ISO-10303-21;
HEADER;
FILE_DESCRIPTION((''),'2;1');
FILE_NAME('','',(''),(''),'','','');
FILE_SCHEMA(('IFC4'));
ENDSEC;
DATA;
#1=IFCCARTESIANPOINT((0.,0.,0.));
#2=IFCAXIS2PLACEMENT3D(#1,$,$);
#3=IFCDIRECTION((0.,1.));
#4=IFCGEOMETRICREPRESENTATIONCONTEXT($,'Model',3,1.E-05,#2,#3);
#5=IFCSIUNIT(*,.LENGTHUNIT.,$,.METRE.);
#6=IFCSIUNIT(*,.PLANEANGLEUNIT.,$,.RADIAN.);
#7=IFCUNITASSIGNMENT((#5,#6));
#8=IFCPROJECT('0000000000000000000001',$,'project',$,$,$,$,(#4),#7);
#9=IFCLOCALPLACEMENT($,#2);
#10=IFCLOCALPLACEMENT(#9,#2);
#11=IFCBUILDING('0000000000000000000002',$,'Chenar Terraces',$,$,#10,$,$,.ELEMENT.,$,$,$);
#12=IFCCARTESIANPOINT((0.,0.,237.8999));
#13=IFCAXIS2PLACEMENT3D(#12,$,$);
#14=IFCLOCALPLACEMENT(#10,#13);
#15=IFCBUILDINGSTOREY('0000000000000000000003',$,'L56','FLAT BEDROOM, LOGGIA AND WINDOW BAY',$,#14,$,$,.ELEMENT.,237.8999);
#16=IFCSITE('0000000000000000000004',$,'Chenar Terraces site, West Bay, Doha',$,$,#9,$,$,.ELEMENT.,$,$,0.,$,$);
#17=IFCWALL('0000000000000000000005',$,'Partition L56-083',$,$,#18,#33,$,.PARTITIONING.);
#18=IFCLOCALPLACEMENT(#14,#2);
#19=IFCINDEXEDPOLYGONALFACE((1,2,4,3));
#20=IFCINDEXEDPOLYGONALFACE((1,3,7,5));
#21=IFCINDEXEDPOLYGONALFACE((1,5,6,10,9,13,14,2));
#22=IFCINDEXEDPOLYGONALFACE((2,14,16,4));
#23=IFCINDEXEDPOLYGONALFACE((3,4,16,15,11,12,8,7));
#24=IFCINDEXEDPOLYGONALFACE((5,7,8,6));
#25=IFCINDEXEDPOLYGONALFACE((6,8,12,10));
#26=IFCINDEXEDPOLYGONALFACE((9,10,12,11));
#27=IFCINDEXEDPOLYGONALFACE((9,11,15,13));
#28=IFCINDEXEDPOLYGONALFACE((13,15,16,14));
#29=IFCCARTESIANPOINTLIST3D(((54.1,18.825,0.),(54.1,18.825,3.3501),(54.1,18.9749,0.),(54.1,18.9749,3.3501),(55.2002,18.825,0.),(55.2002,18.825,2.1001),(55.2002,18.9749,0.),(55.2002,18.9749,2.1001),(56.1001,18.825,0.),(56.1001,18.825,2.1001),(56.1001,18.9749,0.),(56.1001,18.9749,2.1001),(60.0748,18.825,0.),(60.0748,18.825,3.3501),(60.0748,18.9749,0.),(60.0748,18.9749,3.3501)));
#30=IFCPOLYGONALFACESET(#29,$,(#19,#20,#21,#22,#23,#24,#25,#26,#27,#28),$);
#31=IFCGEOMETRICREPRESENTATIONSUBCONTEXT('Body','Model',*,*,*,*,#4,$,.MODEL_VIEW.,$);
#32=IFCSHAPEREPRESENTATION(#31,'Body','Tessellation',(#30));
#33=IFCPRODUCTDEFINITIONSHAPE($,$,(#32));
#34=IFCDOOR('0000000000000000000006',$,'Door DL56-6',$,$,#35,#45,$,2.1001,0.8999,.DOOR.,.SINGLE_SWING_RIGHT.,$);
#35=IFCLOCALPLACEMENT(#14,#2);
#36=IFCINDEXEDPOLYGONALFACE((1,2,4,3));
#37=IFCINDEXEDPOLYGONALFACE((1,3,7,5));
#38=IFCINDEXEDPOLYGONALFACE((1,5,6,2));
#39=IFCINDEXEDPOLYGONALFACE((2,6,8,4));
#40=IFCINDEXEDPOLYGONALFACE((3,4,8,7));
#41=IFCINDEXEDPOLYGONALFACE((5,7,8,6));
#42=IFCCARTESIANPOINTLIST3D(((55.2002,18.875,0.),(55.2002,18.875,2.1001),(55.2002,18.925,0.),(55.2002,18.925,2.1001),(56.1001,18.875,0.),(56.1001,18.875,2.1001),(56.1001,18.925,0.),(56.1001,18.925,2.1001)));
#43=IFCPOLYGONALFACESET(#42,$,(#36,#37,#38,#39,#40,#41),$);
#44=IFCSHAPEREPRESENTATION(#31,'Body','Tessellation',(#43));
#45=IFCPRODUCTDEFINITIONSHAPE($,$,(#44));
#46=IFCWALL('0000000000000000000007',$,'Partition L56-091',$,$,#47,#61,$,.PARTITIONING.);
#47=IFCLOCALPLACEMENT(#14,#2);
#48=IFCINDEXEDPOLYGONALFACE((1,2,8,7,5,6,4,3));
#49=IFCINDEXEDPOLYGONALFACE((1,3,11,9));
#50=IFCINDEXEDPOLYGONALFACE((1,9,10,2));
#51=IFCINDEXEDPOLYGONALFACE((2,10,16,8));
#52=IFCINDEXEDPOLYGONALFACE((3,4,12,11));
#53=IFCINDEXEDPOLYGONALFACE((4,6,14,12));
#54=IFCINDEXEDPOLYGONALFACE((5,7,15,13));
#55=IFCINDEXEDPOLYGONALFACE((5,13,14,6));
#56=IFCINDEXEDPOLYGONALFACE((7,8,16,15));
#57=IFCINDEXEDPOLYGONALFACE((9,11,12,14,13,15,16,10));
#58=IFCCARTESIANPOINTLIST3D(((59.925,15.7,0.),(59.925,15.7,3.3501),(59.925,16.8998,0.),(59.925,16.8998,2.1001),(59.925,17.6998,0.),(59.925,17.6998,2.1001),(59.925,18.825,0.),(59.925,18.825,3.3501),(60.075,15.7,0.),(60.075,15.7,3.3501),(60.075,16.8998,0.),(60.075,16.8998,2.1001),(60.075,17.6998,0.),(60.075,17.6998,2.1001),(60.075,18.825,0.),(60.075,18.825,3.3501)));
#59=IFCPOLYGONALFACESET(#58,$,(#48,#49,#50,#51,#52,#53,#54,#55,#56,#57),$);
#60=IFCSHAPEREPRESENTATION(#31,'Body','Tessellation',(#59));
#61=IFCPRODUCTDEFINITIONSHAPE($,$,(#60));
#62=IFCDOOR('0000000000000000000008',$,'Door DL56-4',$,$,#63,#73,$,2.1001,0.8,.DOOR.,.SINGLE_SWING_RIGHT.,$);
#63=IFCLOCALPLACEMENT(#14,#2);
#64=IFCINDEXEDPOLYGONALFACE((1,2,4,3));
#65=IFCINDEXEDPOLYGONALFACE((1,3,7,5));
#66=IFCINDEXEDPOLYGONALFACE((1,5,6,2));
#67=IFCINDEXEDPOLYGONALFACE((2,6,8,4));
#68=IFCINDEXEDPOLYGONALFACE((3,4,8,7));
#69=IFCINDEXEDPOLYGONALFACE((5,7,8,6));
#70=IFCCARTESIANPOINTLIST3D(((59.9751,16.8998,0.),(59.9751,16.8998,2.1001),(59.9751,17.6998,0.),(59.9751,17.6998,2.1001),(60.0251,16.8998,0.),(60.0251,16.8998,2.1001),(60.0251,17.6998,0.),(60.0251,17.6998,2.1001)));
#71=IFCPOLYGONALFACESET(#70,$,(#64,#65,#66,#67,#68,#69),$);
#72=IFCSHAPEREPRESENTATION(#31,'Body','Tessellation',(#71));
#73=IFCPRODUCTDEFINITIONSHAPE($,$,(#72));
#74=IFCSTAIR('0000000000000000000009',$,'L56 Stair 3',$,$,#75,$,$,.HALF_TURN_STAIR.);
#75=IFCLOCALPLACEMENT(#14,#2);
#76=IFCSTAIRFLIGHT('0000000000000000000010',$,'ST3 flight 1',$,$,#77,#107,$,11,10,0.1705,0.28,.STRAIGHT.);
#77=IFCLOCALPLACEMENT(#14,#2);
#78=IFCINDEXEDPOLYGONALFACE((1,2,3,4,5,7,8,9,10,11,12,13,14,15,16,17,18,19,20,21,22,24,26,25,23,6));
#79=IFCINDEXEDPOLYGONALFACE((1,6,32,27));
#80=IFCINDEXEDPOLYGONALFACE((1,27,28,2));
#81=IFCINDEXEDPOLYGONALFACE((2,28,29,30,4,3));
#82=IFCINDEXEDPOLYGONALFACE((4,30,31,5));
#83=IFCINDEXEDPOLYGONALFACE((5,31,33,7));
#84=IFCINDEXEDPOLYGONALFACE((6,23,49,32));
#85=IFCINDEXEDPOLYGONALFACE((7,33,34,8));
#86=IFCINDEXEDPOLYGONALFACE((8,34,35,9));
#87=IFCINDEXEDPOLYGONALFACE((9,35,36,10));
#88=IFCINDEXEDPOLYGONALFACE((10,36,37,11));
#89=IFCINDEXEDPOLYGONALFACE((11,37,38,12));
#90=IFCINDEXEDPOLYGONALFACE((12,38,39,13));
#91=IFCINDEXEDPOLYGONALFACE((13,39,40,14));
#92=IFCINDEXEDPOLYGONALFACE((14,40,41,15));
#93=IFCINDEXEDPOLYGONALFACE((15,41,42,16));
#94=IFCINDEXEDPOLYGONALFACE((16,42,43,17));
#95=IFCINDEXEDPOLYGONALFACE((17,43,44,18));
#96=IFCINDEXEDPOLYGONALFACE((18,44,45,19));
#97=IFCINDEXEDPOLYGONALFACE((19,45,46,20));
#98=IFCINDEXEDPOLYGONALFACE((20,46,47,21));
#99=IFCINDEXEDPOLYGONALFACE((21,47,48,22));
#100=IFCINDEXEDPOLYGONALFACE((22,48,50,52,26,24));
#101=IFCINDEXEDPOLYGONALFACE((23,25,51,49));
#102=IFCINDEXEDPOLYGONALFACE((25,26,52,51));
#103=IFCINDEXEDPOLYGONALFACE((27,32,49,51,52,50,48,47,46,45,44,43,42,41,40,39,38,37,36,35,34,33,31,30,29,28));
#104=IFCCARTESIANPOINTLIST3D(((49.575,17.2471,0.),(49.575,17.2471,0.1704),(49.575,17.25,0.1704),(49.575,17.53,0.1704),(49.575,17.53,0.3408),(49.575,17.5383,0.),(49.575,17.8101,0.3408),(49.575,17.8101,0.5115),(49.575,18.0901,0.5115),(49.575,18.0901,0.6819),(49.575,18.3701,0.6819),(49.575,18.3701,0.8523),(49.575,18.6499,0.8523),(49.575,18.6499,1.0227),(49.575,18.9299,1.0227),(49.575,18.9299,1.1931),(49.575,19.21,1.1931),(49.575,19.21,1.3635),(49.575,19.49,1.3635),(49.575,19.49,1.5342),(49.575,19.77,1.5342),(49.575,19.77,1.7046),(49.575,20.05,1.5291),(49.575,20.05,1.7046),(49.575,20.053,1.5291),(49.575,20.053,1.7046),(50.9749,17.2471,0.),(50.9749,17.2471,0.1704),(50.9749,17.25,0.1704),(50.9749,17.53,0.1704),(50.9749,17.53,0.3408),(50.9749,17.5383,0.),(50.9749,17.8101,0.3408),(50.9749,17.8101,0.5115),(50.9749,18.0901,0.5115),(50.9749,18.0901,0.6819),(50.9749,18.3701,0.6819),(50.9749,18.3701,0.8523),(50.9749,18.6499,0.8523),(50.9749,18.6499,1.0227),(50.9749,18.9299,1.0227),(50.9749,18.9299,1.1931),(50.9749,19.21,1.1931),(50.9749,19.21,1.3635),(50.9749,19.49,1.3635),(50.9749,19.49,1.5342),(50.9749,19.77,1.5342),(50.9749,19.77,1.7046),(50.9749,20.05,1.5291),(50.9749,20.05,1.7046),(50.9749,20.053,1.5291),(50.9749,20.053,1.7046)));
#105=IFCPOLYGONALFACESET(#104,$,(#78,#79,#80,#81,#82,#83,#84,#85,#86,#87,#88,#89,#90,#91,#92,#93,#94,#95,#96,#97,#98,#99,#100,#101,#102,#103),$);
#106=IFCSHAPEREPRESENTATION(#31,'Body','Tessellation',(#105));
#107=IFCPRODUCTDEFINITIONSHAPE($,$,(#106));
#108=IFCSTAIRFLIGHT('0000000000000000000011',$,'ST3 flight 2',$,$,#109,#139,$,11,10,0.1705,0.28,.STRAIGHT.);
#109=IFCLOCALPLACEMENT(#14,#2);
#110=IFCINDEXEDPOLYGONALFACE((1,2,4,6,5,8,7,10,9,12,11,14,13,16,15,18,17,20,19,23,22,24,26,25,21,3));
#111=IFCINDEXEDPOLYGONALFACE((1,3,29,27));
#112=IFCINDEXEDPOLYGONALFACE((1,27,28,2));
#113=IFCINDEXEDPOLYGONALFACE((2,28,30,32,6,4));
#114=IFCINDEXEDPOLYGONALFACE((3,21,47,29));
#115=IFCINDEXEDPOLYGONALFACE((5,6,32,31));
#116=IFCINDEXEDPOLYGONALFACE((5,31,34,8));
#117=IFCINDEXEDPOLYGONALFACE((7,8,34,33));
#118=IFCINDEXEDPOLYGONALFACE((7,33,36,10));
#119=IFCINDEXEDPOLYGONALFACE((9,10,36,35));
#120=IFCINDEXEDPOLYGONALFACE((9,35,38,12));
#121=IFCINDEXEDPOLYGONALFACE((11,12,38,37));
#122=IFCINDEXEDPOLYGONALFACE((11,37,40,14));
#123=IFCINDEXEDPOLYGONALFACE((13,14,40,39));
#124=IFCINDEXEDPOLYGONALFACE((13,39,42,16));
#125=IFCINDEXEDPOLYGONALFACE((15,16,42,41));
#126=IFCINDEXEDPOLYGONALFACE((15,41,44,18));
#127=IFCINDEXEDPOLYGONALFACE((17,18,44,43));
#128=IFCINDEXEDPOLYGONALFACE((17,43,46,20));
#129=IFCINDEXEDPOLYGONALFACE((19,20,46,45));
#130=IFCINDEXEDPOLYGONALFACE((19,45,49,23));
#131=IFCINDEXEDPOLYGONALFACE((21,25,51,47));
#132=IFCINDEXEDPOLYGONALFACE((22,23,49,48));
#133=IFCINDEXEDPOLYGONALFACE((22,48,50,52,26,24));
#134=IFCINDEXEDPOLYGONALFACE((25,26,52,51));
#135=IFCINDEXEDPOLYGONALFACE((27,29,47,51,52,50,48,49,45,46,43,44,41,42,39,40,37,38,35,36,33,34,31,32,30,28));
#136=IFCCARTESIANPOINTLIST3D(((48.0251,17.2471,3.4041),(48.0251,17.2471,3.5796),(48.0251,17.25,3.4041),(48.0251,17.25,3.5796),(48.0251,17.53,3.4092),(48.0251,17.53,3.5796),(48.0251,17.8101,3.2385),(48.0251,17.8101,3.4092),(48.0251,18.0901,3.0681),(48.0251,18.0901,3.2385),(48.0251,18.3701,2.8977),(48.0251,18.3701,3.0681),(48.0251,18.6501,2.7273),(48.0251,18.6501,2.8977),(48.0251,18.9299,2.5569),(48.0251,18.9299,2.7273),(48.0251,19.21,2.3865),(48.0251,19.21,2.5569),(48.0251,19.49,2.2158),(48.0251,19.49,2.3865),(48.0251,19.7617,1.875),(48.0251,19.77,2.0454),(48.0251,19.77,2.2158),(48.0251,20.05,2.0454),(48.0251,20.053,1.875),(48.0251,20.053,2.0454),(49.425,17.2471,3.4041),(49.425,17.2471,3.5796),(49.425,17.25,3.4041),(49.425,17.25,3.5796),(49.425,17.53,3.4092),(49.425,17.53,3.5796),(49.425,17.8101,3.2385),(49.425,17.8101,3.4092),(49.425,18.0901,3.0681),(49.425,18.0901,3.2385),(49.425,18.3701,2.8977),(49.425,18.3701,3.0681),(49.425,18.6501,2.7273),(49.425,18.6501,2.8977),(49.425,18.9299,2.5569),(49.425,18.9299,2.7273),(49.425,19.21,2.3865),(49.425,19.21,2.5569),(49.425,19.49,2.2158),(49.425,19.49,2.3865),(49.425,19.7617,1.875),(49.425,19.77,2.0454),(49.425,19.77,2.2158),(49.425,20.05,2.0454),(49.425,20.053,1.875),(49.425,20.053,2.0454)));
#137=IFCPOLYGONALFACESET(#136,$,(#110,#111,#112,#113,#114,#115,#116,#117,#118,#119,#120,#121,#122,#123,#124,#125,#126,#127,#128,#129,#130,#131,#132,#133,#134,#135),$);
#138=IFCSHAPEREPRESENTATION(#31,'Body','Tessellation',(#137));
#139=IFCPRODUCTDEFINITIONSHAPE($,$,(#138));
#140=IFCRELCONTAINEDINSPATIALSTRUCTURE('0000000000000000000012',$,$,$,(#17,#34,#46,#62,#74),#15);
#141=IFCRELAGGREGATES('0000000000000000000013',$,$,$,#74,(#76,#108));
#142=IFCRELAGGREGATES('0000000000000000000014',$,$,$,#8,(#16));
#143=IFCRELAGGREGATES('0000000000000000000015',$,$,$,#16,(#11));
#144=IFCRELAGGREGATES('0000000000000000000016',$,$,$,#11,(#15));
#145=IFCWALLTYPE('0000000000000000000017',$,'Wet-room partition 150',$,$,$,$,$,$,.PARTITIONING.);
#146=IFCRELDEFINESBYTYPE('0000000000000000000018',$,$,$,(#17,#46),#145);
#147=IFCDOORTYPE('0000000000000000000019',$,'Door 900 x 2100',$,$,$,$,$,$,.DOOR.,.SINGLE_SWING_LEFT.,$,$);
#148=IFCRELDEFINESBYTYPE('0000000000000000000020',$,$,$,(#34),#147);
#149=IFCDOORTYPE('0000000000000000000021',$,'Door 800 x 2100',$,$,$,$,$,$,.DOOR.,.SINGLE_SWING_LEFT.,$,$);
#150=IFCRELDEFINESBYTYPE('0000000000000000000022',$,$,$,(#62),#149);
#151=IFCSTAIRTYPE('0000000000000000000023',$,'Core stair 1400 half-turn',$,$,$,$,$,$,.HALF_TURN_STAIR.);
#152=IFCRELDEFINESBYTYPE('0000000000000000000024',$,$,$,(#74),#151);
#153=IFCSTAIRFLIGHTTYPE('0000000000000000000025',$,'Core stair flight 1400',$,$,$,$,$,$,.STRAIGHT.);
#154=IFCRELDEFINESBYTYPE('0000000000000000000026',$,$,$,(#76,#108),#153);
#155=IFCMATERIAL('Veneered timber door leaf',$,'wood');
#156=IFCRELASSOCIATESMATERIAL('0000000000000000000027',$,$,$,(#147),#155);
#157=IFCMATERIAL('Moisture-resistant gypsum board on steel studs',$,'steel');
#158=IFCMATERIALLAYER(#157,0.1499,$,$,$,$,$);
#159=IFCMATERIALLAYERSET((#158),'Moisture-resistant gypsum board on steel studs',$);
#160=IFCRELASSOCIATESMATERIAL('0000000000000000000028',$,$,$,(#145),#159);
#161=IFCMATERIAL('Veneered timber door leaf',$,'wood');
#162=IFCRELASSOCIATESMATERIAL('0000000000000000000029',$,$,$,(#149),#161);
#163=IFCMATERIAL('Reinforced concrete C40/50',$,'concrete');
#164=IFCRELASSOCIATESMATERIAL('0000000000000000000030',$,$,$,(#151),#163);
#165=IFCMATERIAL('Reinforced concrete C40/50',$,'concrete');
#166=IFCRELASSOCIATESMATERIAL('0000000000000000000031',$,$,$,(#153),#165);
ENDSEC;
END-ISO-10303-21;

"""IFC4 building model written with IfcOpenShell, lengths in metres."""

from ifc_helpers import new_model, si_unit, direction, frame, frame_2d, origin, place, context, subcontext, project, spatial, polyline, rectangle, outline, extrude, material, layer, layer_set, type_object, element, fill, aggregate, save


model = new_model("IFC4")

# Units and contexts
model_context = context("Model", 3, precision=1e-05, world=origin(), true_north=direction((0.0, 1.0)))
body_context = subcontext(model_context, "Body", "Model", "MODEL_VIEW")
ifc_project = project(units=[si_unit("LENGTHUNIT", "METRE"), si_unit("PLANEANGLEUNIT", "RADIAN")], contexts=[model_context])

# Site, building, storey
site_placement = place(None, origin())
site = spatial("IfcSite", under=ifc_project, at=site_placement, Name="Chenar Terraces site, West Bay, Doha", CompositionType="ELEMENT", RefElevation=0.0)
building_placement = place(site_placement, origin())
building = spatial("IfcBuilding", under=site, at=building_placement, Name="Chenar Terraces", CompositionType="ELEMENT")
storey_placement = place(building_placement, frame((0.0, 0.0, 237.8999)))
storey = spatial("IfcBuildingStorey", under=building, at=storey_placement, Name="L56", Description="FLAT BEDROOM, LOGGIA AND WINDOW BAY", CompositionType="ELEMENT", Elevation=237.8999)

# Shared definitions
ifc_material_1 = material(Name="Veneered timber door leaf", Category="wood")
door_type_1 = type_object("IfcDoorType", Name="Door 900 x 2100", OperationType="SINGLE_SWING_LEFT", PredefinedType="DOOR", material=ifc_material_1)

# Walls, openings, doors
ifc_material_2 = material(Name="Moisture-resistant gypsum board on steel studs", Category="steel")
ifc_layer_1 = layer(ifc_material_2, 0.1499)
ifc_layer_set_1 = layer_set([ifc_layer_1], Name="Moisture-resistant gypsum board on steel studs")
wall_type_1 = type_object("IfcWallType", Name="Wet-room partition 150", PredefinedType="PARTITIONING", material=ifc_layer_set_1)
wall_1_placement = place(storey_placement, frame((54.1001, 18.8999, 0.0), z_axis=(0.0, 0.0, 1.0), x_axis=(1.0, 0.0, 0.0)))
wall_1 = element("IfcWall", 1, at=wall_1_placement, inside=storey, type_object=wall_type_1, Name="Partition L56-083", PredefinedType="PARTITIONING", context=body_context, shape_type="SweptSolid", body=[
    extrude(rectangle(XDim=5.9749, YDim=0.1499, at=frame_2d((2.9873, 0.0))), origin(), (0.0, 0.0, 1.0), 3.3501),
])
opening_1_placement = place(wall_1_placement, frame((1.1001, 0.0, 0.0)))
opening_1 = element("IfcOpeningElement", 2, at=opening_1_placement, cuts=wall_1, PredefinedType="OPENING", context=body_context, shape_type="SweptSolid", body=[
    extrude(rectangle(XDim=0.8999, YDim=2.1001, at=frame_2d((0.45, 1.05))), frame((0.0, 0.085, 0.0), z_axis=(0.0, -1.0, 0.0), x_axis=(1.0, 0.0, 0.0)), (0.0, 0.0, 1.0), 0.1699),
])
door_1_placement = place(opening_1_placement, frame((0.8999, 0.0, 0.0), z_axis=(0.0, 0.0, 1.0), x_axis=(-1.0, 0.0, 0.0)))
door_1 = element("IfcDoor", 3, at=door_1_placement, inside=storey, type_object=door_type_1, Name="Door DL56-6", OperationType="SINGLE_SWING_RIGHT", OverallHeight=2.1001, OverallWidth=0.8999, PredefinedType="DOOR", context=body_context, shape_type="SweptSolid", body=[
    extrude(rectangle(XDim=0.8999, YDim=2.1001, at=frame_2d((0.45, 1.05))), frame((0.0, 0.0249, 0.0), z_axis=(0.0, -1.0, 0.0), x_axis=(1.0, 0.0, 0.0)), (0.0, 0.0, 1.0), 0.05),
])
fill(opening_1, door_1)
wall_2_placement = place(storey_placement, frame((60.0, 15.7, 0.0), z_axis=(0.0, 0.0, 1.0), x_axis=(0.0, 1.0, 0.0)))
wall_2 = element("IfcWall", 4, at=wall_2_placement, inside=storey, type_object=wall_type_1, Name="Partition L56-091", PredefinedType="PARTITIONING", context=body_context, shape_type="SweptSolid", body=[
    extrude(rectangle(XDim=3.125, YDim=0.1499, at=frame_2d((1.5625, 0.0))), origin(), (0.0, 0.0, 1.0), 3.3501),
])
opening_2_placement = place(wall_2_placement, frame((1.2, 0.0, 0.0)))
opening_2 = element("IfcOpeningElement", 5, at=opening_2_placement, cuts=wall_2, PredefinedType="OPENING", context=body_context, shape_type="SweptSolid", body=[
    extrude(rectangle(XDim=0.8, YDim=2.1001, at=frame_2d((0.3999, 1.05))), frame((0.0, 0.085, 0.0), z_axis=(0.0, -1.0, 0.0), x_axis=(1.0, 0.0, 0.0)), (0.0, 0.0, 1.0), 0.1699),
])
ifc_material_3 = material(Name="Veneered timber door leaf", Category="wood")
door_type_2 = type_object("IfcDoorType", Name="Door 800 x 2100", OperationType="SINGLE_SWING_LEFT", PredefinedType="DOOR", material=ifc_material_3)
door_2_placement = place(opening_2_placement, origin())
door_2 = element("IfcDoor", 6, at=door_2_placement, inside=storey, type_object=door_type_2, Name="Door DL56-4", OperationType="SINGLE_SWING_RIGHT", OverallHeight=2.1001, OverallWidth=0.8, PredefinedType="DOOR", context=body_context, shape_type="SweptSolid", body=[
    extrude(rectangle(XDim=0.8, YDim=2.1001, at=frame_2d((0.3999, 1.05))), frame((0.0, 0.0249, 0.0), z_axis=(0.0, -1.0, 0.0), x_axis=(1.0, 0.0, 0.0)), (0.0, 0.0, 1.0), 0.05),
])
fill(opening_2, door_2)

# Stair, stair flights
ifc_material_4 = material(Name="Reinforced concrete C40/50", Category="concrete")
stair_type = type_object("IfcStairType", Name="Core stair 1400 half-turn", PredefinedType="HALF_TURN_STAIR", material=ifc_material_4)
stair_placement = place(storey_placement, origin())
stair = element("IfcStair", 7, at=stair_placement, inside=storey, type_object=stair_type, Name="L56 Stair 3", PredefinedType="HALF_TURN_STAIR")
ifc_material_5 = material(Name="Reinforced concrete C40/50", Category="concrete")
stair_flight_type = type_object("IfcStairFlightType", Name="Core stair flight 1400", PredefinedType="STRAIGHT", material=ifc_material_5)
stair_flight_1_placement = place(storey_placement, frame((50.2749, 17.25, 0.0), z_axis=(0.0, 0.0, 1.0), x_axis=(0.0, 1.0, 0.0)))
stair_flight_1 = element("IfcStairFlight", 8, at=stair_flight_1_placement, type_object=stair_flight_type, Name="ST3 flight 1", NumberOfRisers=11, NumberOfTreads=10, PredefinedType="STRAIGHT", RiserHeight=0.1705, TreadLength=0.28, context=body_context, shape_type="SweptSolid", body=[
    extrude(outline(polyline([(-0.0029, 0.0), (-0.0029, 0.1704), (0.0, 0.1704), (0.28, 0.1704), (0.28, 0.3408), (0.5601, 0.3408), (0.5601, 0.5115), (0.8401, 0.5115), (0.8401, 0.6819), (1.1201, 0.6819), (1.1201, 0.8523), (1.3999, 0.8523), (1.3999, 1.0227), (1.6799, 1.0227), (1.6799, 1.1931), (1.96, 1.1931), (1.96, 1.3635), (2.24, 1.3635), (2.24, 1.5342), (2.52, 1.5342), (2.52, 1.7046), (2.8, 1.7046), (2.803, 1.7046), (2.803, 1.5291), (2.8, 1.5291), (0.2883, 0.0), (-0.0029, 0.0)])), frame((0.0, 0.7, 0.0), z_axis=(0.0, -1.0, 0.0), x_axis=(1.0, 0.0, 0.0)), (0.0, 0.0, 1.0), 1.3999),
])
stair_flight_2_placement = place(storey_placement, frame((48.7251, 20.05, 1.875), z_axis=(0.0, 0.0, 1.0), x_axis=(0.0, -1.0, 0.0)))
stair_flight_2 = element("IfcStairFlight", 9, at=stair_flight_2_placement, type_object=stair_flight_type, Name="ST3 flight 2", NumberOfRisers=11, NumberOfTreads=10, PredefinedType="STRAIGHT", RiserHeight=0.1705, TreadLength=0.28, context=body_context, shape_type="SweptSolid", body=[
    extrude(outline(polyline([(-0.0029, 0.0), (-0.0029, 0.1704), (0.0, 0.1704), (0.28, 0.1704), (0.28, 0.3408), (0.5601, 0.3408), (0.5601, 0.5115), (0.8401, 0.5115), (0.8401, 0.6819), (1.1201, 0.6819), (1.1201, 0.8523), (1.3999, 0.8523), (1.3999, 1.0227), (1.6799, 1.0227), (1.6799, 1.1931), (1.96, 1.1931), (1.96, 1.3635), (2.24, 1.3635), (2.24, 1.5342), (2.52, 1.5342), (2.52, 1.7046), (2.8, 1.7046), (2.803, 1.7046), (2.803, 1.5291), (2.8, 1.5291), (0.2883, 0.0), (-0.0029, 0.0)])), frame((0.0, 0.7, 0.0), z_axis=(0.0, -1.0, 0.0), x_axis=(1.0, 0.0, 0.0)), (0.0, 0.0, 1.0), 1.3999),
])
aggregate(stair, [stair_flight_1, stair_flight_2])

save(model, "model.ifc")
